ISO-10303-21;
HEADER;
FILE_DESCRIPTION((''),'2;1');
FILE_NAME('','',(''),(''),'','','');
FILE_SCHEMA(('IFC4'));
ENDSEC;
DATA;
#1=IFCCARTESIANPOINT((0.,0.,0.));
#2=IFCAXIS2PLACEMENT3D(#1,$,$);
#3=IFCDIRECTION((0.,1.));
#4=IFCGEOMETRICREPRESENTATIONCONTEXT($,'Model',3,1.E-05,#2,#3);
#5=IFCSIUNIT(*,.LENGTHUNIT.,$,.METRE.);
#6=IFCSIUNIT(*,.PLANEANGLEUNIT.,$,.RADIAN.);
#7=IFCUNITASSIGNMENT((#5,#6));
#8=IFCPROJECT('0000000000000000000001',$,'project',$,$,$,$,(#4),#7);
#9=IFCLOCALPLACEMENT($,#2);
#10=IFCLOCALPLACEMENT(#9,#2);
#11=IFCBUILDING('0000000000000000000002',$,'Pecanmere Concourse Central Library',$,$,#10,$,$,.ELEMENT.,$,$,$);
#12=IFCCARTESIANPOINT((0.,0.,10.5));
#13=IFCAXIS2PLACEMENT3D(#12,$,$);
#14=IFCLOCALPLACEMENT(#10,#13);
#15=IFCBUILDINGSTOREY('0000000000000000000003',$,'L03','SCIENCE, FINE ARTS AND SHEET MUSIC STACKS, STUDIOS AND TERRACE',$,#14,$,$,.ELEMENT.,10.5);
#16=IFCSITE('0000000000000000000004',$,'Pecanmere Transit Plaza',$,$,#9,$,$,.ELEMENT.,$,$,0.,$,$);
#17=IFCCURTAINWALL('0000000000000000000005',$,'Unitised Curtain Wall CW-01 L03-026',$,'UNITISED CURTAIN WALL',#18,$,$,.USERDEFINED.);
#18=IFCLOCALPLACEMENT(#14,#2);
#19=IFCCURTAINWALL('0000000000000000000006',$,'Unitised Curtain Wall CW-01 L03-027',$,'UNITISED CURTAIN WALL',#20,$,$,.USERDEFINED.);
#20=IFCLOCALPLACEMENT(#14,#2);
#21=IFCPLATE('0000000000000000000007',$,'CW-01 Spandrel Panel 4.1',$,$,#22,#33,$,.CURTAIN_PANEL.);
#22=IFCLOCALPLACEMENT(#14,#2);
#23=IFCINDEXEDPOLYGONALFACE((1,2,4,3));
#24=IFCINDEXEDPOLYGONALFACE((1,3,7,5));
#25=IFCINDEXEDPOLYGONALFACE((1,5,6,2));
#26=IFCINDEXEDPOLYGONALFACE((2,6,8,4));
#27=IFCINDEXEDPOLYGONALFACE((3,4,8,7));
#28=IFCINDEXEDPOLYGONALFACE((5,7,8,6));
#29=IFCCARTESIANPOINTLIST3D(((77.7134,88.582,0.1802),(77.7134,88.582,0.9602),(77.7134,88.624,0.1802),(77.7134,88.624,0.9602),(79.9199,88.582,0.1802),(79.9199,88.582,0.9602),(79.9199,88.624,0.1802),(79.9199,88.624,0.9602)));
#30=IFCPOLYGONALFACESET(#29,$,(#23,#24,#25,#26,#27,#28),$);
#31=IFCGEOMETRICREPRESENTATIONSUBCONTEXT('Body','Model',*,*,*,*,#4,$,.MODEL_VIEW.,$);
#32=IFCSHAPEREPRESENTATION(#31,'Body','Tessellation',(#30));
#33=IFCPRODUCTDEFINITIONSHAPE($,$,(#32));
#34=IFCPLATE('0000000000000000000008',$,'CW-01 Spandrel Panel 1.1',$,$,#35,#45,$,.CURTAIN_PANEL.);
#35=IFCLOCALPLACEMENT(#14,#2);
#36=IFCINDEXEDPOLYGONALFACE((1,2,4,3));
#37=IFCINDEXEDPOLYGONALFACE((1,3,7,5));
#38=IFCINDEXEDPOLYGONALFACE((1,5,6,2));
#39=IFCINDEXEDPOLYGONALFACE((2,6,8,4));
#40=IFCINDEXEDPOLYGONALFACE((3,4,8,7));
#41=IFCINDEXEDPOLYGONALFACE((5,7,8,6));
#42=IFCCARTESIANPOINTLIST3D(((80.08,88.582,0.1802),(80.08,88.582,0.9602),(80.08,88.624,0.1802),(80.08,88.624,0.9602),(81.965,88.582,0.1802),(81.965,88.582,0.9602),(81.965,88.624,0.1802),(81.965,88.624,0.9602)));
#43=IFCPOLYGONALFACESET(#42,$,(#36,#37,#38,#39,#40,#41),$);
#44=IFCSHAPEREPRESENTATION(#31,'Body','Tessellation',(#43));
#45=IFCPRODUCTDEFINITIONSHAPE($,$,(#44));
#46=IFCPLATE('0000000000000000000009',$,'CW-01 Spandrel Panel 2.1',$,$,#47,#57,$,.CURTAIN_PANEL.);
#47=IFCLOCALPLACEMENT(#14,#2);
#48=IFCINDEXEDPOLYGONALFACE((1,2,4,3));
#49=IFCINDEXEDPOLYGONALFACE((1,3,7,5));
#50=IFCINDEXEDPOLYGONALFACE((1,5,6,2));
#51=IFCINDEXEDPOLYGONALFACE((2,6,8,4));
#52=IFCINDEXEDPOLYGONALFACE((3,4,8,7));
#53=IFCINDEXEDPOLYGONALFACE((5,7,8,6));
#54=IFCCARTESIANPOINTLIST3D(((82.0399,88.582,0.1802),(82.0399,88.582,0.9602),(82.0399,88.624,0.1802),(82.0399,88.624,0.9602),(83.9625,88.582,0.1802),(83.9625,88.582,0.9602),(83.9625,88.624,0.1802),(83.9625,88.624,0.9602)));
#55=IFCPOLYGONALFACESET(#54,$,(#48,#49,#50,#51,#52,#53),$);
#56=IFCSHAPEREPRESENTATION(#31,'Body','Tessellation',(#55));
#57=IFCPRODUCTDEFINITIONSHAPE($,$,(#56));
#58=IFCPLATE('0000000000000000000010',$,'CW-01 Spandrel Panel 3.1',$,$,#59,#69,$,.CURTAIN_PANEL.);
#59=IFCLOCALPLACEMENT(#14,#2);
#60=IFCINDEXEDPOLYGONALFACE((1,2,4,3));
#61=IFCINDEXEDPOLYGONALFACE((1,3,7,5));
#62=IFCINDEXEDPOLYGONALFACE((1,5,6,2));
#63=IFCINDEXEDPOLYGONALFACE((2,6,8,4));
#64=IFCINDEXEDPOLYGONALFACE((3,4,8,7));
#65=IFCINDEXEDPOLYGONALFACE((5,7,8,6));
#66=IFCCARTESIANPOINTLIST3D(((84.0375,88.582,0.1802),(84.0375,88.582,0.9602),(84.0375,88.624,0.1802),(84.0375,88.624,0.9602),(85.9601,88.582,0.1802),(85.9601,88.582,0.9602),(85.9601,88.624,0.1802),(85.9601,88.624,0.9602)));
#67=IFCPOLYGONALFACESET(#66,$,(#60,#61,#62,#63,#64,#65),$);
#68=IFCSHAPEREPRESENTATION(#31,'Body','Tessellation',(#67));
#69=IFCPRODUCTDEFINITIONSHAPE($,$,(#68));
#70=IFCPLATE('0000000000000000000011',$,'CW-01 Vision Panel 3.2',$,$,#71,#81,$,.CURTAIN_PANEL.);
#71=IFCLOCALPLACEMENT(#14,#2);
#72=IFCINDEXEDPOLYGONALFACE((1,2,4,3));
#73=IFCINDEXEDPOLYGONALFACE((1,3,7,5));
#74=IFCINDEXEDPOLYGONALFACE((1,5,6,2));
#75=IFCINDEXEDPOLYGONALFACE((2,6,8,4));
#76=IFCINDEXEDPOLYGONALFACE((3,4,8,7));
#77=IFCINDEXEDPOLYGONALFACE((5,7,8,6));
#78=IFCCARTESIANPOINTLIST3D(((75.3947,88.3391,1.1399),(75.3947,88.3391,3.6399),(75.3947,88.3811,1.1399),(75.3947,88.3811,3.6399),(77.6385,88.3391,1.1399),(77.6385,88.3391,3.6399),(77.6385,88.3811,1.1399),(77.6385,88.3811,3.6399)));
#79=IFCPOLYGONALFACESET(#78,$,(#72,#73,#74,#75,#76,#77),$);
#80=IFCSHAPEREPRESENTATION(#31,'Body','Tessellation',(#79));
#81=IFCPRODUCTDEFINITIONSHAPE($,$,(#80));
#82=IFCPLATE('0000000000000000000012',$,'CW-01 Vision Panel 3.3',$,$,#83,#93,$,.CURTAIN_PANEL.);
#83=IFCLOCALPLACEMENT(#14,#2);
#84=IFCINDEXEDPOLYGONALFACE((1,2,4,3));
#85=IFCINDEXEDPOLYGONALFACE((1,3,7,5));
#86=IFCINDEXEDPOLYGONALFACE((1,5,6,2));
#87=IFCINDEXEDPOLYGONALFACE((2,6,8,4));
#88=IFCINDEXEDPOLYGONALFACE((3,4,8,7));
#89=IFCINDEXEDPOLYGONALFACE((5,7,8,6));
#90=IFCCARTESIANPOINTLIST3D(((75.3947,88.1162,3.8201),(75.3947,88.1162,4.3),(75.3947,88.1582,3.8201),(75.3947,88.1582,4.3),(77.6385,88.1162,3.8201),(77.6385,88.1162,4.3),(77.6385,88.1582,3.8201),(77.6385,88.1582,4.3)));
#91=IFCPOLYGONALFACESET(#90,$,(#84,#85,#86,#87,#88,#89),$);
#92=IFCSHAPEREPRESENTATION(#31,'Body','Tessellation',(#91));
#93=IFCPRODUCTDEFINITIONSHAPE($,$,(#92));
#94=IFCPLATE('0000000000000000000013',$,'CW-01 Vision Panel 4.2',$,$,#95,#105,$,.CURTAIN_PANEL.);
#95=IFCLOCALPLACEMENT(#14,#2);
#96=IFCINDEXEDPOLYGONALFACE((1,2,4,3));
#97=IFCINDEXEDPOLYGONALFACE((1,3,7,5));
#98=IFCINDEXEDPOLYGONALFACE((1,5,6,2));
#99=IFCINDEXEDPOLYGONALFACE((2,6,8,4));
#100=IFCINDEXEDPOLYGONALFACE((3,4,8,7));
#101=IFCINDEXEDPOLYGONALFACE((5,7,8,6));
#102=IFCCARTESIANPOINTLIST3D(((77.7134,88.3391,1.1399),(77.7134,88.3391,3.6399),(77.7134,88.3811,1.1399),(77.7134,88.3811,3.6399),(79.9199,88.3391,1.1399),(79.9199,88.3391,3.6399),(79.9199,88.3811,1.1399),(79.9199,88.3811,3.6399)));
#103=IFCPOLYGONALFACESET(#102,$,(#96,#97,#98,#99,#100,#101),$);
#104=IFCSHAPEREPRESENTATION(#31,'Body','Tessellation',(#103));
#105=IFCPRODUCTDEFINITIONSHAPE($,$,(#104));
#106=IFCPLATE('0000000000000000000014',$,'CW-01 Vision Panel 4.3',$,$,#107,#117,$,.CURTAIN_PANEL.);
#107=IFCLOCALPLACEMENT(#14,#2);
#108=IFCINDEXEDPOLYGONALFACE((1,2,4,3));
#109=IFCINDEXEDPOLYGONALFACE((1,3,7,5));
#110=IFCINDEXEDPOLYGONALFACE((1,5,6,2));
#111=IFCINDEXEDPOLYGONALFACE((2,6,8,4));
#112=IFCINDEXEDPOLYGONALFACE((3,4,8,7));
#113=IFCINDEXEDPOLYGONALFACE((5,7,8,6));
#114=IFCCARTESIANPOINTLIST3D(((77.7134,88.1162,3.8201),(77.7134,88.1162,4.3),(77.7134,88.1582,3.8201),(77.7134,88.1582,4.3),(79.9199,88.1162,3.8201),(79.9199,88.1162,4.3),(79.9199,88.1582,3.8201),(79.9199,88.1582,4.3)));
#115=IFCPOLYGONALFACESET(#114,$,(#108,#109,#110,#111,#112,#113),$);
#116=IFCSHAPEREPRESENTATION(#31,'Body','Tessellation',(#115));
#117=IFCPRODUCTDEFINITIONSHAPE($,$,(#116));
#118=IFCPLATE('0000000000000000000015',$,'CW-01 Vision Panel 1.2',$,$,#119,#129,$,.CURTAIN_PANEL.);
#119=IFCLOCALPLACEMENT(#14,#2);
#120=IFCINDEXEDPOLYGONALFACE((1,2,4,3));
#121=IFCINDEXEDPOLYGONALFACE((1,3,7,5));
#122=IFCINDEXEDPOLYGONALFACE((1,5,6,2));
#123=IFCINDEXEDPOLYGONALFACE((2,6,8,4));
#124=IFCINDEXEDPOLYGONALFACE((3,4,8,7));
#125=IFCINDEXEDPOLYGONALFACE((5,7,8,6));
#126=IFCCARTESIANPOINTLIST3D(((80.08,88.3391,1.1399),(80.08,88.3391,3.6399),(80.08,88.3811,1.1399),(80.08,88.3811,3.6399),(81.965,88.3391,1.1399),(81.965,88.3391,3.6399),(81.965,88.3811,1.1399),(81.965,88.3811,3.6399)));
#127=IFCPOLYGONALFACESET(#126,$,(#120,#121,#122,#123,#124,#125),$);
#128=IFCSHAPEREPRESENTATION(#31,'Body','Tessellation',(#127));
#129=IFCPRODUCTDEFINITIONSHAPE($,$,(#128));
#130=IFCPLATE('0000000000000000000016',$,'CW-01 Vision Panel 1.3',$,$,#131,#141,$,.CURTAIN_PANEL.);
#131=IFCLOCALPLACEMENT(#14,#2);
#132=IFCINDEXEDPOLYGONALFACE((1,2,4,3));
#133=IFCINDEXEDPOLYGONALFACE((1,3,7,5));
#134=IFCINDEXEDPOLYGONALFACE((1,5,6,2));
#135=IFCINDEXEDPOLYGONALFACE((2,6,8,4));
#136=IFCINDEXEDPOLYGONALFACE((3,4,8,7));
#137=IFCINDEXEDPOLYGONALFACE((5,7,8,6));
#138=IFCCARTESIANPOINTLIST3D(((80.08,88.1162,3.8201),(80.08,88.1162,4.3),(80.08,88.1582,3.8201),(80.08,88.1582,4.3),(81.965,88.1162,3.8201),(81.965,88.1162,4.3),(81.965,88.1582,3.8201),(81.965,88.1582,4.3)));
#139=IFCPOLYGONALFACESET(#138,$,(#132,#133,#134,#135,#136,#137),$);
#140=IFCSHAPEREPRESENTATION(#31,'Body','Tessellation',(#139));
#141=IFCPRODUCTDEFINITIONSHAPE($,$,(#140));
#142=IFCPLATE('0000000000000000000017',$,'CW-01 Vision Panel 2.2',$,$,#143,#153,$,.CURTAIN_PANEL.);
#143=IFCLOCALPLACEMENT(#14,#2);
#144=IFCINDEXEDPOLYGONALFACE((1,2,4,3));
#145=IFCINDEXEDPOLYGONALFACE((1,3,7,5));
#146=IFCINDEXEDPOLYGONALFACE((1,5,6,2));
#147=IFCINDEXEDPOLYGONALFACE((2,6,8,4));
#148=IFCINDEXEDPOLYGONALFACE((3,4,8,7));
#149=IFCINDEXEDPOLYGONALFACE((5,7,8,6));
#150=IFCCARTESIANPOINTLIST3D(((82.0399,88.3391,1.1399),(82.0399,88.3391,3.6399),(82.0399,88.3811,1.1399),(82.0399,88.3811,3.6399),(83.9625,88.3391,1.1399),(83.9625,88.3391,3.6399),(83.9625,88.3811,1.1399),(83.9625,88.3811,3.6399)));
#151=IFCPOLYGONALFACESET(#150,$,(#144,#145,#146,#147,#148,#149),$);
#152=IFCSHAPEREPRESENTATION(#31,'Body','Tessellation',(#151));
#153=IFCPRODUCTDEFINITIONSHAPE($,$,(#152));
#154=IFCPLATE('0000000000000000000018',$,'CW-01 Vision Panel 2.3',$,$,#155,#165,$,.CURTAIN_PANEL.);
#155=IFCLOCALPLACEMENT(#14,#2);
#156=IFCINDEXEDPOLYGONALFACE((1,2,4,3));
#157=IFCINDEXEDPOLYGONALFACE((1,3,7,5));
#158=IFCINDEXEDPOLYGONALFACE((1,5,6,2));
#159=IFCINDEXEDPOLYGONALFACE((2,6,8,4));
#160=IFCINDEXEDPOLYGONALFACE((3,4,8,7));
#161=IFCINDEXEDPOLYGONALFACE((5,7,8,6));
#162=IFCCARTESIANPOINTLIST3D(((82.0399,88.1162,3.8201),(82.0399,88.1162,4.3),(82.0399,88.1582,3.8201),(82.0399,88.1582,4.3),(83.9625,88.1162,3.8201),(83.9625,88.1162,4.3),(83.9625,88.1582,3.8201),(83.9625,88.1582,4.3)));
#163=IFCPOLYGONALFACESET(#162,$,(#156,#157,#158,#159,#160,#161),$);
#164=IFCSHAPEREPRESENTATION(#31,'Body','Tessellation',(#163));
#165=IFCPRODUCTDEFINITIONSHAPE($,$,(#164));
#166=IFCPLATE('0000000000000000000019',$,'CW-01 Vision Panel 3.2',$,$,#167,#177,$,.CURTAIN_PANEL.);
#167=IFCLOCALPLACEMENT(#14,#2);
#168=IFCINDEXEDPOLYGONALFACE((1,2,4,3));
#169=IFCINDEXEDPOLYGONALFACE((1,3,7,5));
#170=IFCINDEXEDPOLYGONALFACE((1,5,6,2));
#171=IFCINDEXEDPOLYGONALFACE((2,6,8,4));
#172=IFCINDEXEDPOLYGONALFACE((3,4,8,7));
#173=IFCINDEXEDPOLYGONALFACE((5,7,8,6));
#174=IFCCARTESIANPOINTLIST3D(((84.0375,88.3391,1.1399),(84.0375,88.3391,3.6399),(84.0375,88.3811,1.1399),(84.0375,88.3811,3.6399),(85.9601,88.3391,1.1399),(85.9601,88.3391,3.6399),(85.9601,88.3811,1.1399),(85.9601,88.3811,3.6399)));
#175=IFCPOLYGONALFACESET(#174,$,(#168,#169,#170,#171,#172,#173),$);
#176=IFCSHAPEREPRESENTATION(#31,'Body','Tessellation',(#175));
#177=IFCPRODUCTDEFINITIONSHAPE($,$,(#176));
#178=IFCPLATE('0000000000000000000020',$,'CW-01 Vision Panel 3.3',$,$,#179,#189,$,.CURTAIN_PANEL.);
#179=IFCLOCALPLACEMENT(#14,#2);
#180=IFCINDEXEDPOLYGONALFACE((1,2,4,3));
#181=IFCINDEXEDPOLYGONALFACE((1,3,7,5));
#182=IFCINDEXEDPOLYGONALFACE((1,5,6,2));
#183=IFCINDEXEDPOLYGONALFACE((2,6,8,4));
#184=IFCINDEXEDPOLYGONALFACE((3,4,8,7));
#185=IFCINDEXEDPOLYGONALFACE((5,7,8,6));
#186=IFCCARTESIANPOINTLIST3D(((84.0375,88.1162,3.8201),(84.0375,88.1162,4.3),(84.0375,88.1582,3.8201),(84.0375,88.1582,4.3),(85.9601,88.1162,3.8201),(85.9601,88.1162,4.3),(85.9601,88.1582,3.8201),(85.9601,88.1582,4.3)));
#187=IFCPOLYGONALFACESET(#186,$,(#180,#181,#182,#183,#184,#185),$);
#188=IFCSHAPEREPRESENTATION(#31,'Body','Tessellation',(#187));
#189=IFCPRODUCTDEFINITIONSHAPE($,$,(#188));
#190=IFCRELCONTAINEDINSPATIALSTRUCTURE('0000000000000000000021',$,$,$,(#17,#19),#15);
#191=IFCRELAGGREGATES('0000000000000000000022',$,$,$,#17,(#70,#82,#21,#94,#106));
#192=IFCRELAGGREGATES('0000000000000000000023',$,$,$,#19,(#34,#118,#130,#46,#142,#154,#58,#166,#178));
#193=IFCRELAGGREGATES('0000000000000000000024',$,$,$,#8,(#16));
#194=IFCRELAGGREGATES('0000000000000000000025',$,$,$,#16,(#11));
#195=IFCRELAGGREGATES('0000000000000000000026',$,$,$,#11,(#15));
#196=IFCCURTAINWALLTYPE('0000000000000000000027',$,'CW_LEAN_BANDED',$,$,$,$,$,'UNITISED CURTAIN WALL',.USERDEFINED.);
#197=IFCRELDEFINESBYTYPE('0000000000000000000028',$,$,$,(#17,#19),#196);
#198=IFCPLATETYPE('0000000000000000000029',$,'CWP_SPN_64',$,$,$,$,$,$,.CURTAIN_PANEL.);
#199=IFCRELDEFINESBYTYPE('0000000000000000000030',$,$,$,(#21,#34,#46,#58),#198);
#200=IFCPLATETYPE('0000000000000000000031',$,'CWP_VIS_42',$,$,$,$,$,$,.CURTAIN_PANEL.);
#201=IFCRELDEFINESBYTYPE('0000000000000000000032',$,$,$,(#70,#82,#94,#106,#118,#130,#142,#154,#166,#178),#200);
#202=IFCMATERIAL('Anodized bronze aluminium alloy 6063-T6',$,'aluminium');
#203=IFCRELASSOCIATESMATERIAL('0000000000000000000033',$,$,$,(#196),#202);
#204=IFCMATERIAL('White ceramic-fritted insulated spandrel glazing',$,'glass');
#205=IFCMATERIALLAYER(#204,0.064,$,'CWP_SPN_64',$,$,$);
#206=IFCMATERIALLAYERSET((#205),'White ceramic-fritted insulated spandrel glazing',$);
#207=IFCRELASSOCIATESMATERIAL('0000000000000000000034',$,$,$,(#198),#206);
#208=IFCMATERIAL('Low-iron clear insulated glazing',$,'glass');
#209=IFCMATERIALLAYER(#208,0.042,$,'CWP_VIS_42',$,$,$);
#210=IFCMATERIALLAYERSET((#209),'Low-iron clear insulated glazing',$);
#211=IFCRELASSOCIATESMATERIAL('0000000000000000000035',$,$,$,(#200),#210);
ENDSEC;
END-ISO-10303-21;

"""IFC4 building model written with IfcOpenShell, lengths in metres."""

from ifc_helpers import new_model, si_unit, direction, frame, origin, origin_2d, place, context, subcontext, project, spatial, rectangle, extrude, material, layer, layer_set, type_object, element, aggregate, save


model = new_model("IFC4")

# Units and contexts
model_context = context("Model", 3, precision=1e-05, world=origin(), true_north=direction((0.0, 1.0)))
body_context = subcontext(model_context, "Body", "Model", "MODEL_VIEW")
ifc_project = project(units=[si_unit("LENGTHUNIT", "METRE"), si_unit("PLANEANGLEUNIT", "RADIAN")], contexts=[model_context])

# Site, building, storey
site_placement = place(None, origin())
site = spatial("IfcSite", under=ifc_project, at=site_placement, Name="Pecanmere Transit Plaza", CompositionType="ELEMENT", RefElevation=0.0)
building_placement = place(site_placement, origin())
building = spatial("IfcBuilding", under=site, at=building_placement, Name="Pecanmere Concourse Central Library", CompositionType="ELEMENT")
storey_placement = place(building_placement, frame((0.0, 0.0, 10.5)))
storey = spatial("IfcBuildingStorey", under=building, at=storey_placement, Name="L03", Description="SCIENCE, FINE ARTS AND SHEET MUSIC STACKS, STUDIOS AND TERRACE", CompositionType="ELEMENT", Elevation=10.5)

# Curtain walls
ifc_material_1 = material(Name="Anodized bronze aluminium alloy 6063-T6", Category="aluminium")
curtain_wall_type = type_object("IfcCurtainWallType", Name="CW_LEAN_BANDED", ElementType="UNITISED CURTAIN WALL", PredefinedType="USERDEFINED", material=ifc_material_1)
curtain_wall_1_placement = place(storey_placement, origin())
curtain_wall_1 = element("IfcCurtainWall", 1, at=curtain_wall_1_placement, inside=storey, type_object=curtain_wall_type, Name="Unitised Curtain Wall CW-01 L03-026", ObjectType="UNITISED CURTAIN WALL", PredefinedType="USERDEFINED")
curtain_wall_2_placement = place(storey_placement, origin())
curtain_wall_2 = element("IfcCurtainWall", 2, at=curtain_wall_2_placement, inside=storey, type_object=curtain_wall_type, Name="Unitised Curtain Wall CW-01 L03-027", ObjectType="UNITISED CURTAIN WALL", PredefinedType="USERDEFINED")

# Plates
ifc_material_2 = material(Name="White ceramic-fritted insulated spandrel glazing", Category="glass")
ifc_layer_1 = layer(ifc_material_2, 0.064, Name="CWP_SPN_64")
ifc_layer_set_1 = layer_set([ifc_layer_1], Name="White ceramic-fritted insulated spandrel glazing")
plate_type_1 = type_object("IfcPlateType", Name="CWP_SPN_64", PredefinedType="CURTAIN_PANEL", material=ifc_layer_set_1)
plate_1_placement = place(storey_placement, frame((78.8167, 88.603, 0.1802), z_axis=(0.0, 0.0, 1.0), x_axis=(1.0, 0.0, 0.0)))
plate_1 = element("IfcPlate", 3, at=plate_1_placement, type_object=plate_type_1, Name="CW-01 Spandrel Panel 4.1", PredefinedType="CURTAIN_PANEL", context=body_context, shape_type="SweptSolid", body=[
    extrude(rectangle(XDim=2.2065, YDim=0.042, at=origin_2d()), origin(), (0.0, 0.0, 1.0), 0.78),
])
plate_2_placement = place(storey_placement, frame((81.0225, 88.603, 0.1802), z_axis=(0.0, 0.0, 1.0), x_axis=(1.0, 0.0, 0.0)))
plate_2 = element("IfcPlate", 4, at=plate_2_placement, type_object=plate_type_1, Name="CW-01 Spandrel Panel 1.1", PredefinedType="CURTAIN_PANEL", context=body_context, shape_type="SweptSolid", body=[
    extrude(rectangle(XDim=1.885, YDim=0.042, at=origin_2d()), origin(), (0.0, 0.0, 1.0), 0.78),
])
plate_3_placement = place(storey_placement, frame((83.0012, 88.603, 0.1802), z_axis=(0.0, 0.0, 1.0), x_axis=(1.0, 0.0, 0.0)))
plate_3 = element("IfcPlate", 5, at=plate_3_placement, type_object=plate_type_1, Name="CW-01 Spandrel Panel 2.1", PredefinedType="CURTAIN_PANEL", context=body_context, shape_type="SweptSolid", body=[
    extrude(rectangle(XDim=1.9226, YDim=0.042, at=origin_2d()), origin(), (0.0, 0.0, 1.0), 0.78),
])
plate_4_placement = place(storey_placement, frame((84.9988, 88.603, 0.1802), z_axis=(0.0, 0.0, 1.0), x_axis=(1.0, 0.0, 0.0)))
plate_4 = element("IfcPlate", 6, at=plate_4_placement, type_object=plate_type_1, Name="CW-01 Spandrel Panel 3.1", PredefinedType="CURTAIN_PANEL", context=body_context, shape_type="SweptSolid", body=[
    extrude(rectangle(XDim=1.9226, YDim=0.042, at=origin_2d()), origin(), (0.0, 0.0, 1.0), 0.78),
])
ifc_material_3 = material(Name="Low-iron clear insulated glazing", Category="glass")
ifc_layer_2 = layer(ifc_material_3, 0.042, Name="CWP_VIS_42")
ifc_layer_set_2 = layer_set([ifc_layer_2], Name="Low-iron clear insulated glazing")
plate_type_2 = type_object("IfcPlateType", Name="CWP_VIS_42", PredefinedType="CURTAIN_PANEL", material=ifc_layer_set_2)
plate_5_placement = place(storey_placement, frame((76.5166, 88.3601, 1.1399), z_axis=(0.0, 0.0, 1.0), x_axis=(1.0, 0.0, 0.0)))
plate_5 = element("IfcPlate", 7, at=plate_5_placement, type_object=plate_type_2, Name="CW-01 Vision Panel 3.2", PredefinedType="CURTAIN_PANEL", context=body_context, shape_type="SweptSolid", body=[
    extrude(rectangle(XDim=2.2439, YDim=0.042, at=origin_2d()), origin(), (0.0, 0.0, 1.0), 2.5),
])
plate_6_placement = place(storey_placement, frame((76.5166, 88.1372, 3.8201), z_axis=(0.0, 0.0, 1.0), x_axis=(1.0, 0.0, 0.0)))
plate_6 = element("IfcPlate", 8, at=plate_6_placement, type_object=plate_type_2, Name="CW-01 Vision Panel 3.3", PredefinedType="CURTAIN_PANEL", context=body_context, shape_type="SweptSolid", body=[
    extrude(rectangle(XDim=2.2439, YDim=0.042, at=origin_2d()), origin(), (0.0, 0.0, 1.0), 0.48),
])
plate_7_placement = place(storey_placement, frame((78.8167, 88.3601, 1.1399), z_axis=(0.0, 0.0, 1.0), x_axis=(1.0, 0.0, 0.0)))
plate_7 = element("IfcPlate", 9, at=plate_7_placement, type_object=plate_type_2, Name="CW-01 Vision Panel 4.2", PredefinedType="CURTAIN_PANEL", context=body_context, shape_type="SweptSolid", body=[
    extrude(rectangle(XDim=2.2065, YDim=0.042, at=origin_2d()), origin(), (0.0, 0.0, 1.0), 2.5),
])
plate_8_placement = place(storey_placement, frame((78.8167, 88.1372, 3.8201), z_axis=(0.0, 0.0, 1.0), x_axis=(1.0, 0.0, 0.0)))
plate_8 = element("IfcPlate", 10, at=plate_8_placement, type_object=plate_type_2, Name="CW-01 Vision Panel 4.3", PredefinedType="CURTAIN_PANEL", context=body_context, shape_type="SweptSolid", body=[
    extrude(rectangle(XDim=2.2065, YDim=0.042, at=origin_2d()), origin(), (0.0, 0.0, 1.0), 0.48),
])
aggregate(curtain_wall_1, [plate_5, plate_6, plate_1, plate_7, plate_8])
plate_9_placement = place(storey_placement, frame((81.0225, 88.3601, 1.1399), z_axis=(0.0, 0.0, 1.0), x_axis=(1.0, 0.0, 0.0)))
plate_9 = element("IfcPlate", 11, at=plate_9_placement, type_object=plate_type_2, Name="CW-01 Vision Panel 1.2", PredefinedType="CURTAIN_PANEL", context=body_context, shape_type="SweptSolid", body=[
    extrude(rectangle(XDim=1.885, YDim=0.042, at=origin_2d()), origin(), (0.0, 0.0, 1.0), 2.5),
])
plate_10_placement = place(storey_placement, frame((81.0225, 88.1372, 3.8201), z_axis=(0.0, 0.0, 1.0), x_axis=(1.0, 0.0, 0.0)))
plate_10 = element("IfcPlate", 12, at=plate_10_placement, type_object=plate_type_2, Name="CW-01 Vision Panel 1.3", PredefinedType="CURTAIN_PANEL", context=body_context, shape_type="SweptSolid", body=[
    extrude(rectangle(XDim=1.885, YDim=0.042, at=origin_2d()), origin(), (0.0, 0.0, 1.0), 0.48),
])
plate_11_placement = place(storey_placement, frame((83.0012, 88.3601, 1.1399), z_axis=(0.0, 0.0, 1.0), x_axis=(1.0, 0.0, 0.0)))
plate_11 = element("IfcPlate", 13, at=plate_11_placement, type_object=plate_type_2, Name="CW-01 Vision Panel 2.2", PredefinedType="CURTAIN_PANEL", context=body_context, shape_type="SweptSolid", body=[
    extrude(rectangle(XDim=1.9226, YDim=0.042, at=origin_2d()), origin(), (0.0, 0.0, 1.0), 2.5),
])
plate_12_placement = place(storey_placement, frame((83.0012, 88.1372, 3.8201), z_axis=(0.0, 0.0, 1.0), x_axis=(1.0, 0.0, 0.0)))
plate_12 = element("IfcPlate", 14, at=plate_12_placement, type_object=plate_type_2, Name="CW-01 Vision Panel 2.3", PredefinedType="CURTAIN_PANEL", context=body_context, shape_type="SweptSolid", body=[
    extrude(rectangle(XDim=1.9226, YDim=0.042, at=origin_2d()), origin(), (0.0, 0.0, 1.0), 0.48),
])
plate_13_placement = place(storey_placement, frame((84.9988, 88.3601, 1.1399), z_axis=(0.0, 0.0, 1.0), x_axis=(1.0, 0.0, 0.0)))
plate_13 = element("IfcPlate", 15, at=plate_13_placement, type_object=plate_type_2, Name="CW-01 Vision Panel 3.2", PredefinedType="CURTAIN_PANEL", context=body_context, shape_type="SweptSolid", body=[
    extrude(rectangle(XDim=1.9226, YDim=0.042, at=origin_2d()), origin(), (0.0, 0.0, 1.0), 2.5),
])
plate_14_placement = place(storey_placement, frame((84.9988, 88.1372, 3.8201), z_axis=(0.0, 0.0, 1.0), x_axis=(1.0, 0.0, 0.0)))
plate_14 = element("IfcPlate", 16, at=plate_14_placement, type_object=plate_type_2, Name="CW-01 Vision Panel 3.3", PredefinedType="CURTAIN_PANEL", context=body_context, shape_type="SweptSolid", body=[
    extrude(rectangle(XDim=1.9226, YDim=0.042, at=origin_2d()), origin(), (0.0, 0.0, 1.0), 0.48),
])
aggregate(curtain_wall_2, [plate_2, plate_9, plate_10, plate_3, plate_11, plate_12, plate_4, plate_13, plate_14])

save(model, "model.ifc")
